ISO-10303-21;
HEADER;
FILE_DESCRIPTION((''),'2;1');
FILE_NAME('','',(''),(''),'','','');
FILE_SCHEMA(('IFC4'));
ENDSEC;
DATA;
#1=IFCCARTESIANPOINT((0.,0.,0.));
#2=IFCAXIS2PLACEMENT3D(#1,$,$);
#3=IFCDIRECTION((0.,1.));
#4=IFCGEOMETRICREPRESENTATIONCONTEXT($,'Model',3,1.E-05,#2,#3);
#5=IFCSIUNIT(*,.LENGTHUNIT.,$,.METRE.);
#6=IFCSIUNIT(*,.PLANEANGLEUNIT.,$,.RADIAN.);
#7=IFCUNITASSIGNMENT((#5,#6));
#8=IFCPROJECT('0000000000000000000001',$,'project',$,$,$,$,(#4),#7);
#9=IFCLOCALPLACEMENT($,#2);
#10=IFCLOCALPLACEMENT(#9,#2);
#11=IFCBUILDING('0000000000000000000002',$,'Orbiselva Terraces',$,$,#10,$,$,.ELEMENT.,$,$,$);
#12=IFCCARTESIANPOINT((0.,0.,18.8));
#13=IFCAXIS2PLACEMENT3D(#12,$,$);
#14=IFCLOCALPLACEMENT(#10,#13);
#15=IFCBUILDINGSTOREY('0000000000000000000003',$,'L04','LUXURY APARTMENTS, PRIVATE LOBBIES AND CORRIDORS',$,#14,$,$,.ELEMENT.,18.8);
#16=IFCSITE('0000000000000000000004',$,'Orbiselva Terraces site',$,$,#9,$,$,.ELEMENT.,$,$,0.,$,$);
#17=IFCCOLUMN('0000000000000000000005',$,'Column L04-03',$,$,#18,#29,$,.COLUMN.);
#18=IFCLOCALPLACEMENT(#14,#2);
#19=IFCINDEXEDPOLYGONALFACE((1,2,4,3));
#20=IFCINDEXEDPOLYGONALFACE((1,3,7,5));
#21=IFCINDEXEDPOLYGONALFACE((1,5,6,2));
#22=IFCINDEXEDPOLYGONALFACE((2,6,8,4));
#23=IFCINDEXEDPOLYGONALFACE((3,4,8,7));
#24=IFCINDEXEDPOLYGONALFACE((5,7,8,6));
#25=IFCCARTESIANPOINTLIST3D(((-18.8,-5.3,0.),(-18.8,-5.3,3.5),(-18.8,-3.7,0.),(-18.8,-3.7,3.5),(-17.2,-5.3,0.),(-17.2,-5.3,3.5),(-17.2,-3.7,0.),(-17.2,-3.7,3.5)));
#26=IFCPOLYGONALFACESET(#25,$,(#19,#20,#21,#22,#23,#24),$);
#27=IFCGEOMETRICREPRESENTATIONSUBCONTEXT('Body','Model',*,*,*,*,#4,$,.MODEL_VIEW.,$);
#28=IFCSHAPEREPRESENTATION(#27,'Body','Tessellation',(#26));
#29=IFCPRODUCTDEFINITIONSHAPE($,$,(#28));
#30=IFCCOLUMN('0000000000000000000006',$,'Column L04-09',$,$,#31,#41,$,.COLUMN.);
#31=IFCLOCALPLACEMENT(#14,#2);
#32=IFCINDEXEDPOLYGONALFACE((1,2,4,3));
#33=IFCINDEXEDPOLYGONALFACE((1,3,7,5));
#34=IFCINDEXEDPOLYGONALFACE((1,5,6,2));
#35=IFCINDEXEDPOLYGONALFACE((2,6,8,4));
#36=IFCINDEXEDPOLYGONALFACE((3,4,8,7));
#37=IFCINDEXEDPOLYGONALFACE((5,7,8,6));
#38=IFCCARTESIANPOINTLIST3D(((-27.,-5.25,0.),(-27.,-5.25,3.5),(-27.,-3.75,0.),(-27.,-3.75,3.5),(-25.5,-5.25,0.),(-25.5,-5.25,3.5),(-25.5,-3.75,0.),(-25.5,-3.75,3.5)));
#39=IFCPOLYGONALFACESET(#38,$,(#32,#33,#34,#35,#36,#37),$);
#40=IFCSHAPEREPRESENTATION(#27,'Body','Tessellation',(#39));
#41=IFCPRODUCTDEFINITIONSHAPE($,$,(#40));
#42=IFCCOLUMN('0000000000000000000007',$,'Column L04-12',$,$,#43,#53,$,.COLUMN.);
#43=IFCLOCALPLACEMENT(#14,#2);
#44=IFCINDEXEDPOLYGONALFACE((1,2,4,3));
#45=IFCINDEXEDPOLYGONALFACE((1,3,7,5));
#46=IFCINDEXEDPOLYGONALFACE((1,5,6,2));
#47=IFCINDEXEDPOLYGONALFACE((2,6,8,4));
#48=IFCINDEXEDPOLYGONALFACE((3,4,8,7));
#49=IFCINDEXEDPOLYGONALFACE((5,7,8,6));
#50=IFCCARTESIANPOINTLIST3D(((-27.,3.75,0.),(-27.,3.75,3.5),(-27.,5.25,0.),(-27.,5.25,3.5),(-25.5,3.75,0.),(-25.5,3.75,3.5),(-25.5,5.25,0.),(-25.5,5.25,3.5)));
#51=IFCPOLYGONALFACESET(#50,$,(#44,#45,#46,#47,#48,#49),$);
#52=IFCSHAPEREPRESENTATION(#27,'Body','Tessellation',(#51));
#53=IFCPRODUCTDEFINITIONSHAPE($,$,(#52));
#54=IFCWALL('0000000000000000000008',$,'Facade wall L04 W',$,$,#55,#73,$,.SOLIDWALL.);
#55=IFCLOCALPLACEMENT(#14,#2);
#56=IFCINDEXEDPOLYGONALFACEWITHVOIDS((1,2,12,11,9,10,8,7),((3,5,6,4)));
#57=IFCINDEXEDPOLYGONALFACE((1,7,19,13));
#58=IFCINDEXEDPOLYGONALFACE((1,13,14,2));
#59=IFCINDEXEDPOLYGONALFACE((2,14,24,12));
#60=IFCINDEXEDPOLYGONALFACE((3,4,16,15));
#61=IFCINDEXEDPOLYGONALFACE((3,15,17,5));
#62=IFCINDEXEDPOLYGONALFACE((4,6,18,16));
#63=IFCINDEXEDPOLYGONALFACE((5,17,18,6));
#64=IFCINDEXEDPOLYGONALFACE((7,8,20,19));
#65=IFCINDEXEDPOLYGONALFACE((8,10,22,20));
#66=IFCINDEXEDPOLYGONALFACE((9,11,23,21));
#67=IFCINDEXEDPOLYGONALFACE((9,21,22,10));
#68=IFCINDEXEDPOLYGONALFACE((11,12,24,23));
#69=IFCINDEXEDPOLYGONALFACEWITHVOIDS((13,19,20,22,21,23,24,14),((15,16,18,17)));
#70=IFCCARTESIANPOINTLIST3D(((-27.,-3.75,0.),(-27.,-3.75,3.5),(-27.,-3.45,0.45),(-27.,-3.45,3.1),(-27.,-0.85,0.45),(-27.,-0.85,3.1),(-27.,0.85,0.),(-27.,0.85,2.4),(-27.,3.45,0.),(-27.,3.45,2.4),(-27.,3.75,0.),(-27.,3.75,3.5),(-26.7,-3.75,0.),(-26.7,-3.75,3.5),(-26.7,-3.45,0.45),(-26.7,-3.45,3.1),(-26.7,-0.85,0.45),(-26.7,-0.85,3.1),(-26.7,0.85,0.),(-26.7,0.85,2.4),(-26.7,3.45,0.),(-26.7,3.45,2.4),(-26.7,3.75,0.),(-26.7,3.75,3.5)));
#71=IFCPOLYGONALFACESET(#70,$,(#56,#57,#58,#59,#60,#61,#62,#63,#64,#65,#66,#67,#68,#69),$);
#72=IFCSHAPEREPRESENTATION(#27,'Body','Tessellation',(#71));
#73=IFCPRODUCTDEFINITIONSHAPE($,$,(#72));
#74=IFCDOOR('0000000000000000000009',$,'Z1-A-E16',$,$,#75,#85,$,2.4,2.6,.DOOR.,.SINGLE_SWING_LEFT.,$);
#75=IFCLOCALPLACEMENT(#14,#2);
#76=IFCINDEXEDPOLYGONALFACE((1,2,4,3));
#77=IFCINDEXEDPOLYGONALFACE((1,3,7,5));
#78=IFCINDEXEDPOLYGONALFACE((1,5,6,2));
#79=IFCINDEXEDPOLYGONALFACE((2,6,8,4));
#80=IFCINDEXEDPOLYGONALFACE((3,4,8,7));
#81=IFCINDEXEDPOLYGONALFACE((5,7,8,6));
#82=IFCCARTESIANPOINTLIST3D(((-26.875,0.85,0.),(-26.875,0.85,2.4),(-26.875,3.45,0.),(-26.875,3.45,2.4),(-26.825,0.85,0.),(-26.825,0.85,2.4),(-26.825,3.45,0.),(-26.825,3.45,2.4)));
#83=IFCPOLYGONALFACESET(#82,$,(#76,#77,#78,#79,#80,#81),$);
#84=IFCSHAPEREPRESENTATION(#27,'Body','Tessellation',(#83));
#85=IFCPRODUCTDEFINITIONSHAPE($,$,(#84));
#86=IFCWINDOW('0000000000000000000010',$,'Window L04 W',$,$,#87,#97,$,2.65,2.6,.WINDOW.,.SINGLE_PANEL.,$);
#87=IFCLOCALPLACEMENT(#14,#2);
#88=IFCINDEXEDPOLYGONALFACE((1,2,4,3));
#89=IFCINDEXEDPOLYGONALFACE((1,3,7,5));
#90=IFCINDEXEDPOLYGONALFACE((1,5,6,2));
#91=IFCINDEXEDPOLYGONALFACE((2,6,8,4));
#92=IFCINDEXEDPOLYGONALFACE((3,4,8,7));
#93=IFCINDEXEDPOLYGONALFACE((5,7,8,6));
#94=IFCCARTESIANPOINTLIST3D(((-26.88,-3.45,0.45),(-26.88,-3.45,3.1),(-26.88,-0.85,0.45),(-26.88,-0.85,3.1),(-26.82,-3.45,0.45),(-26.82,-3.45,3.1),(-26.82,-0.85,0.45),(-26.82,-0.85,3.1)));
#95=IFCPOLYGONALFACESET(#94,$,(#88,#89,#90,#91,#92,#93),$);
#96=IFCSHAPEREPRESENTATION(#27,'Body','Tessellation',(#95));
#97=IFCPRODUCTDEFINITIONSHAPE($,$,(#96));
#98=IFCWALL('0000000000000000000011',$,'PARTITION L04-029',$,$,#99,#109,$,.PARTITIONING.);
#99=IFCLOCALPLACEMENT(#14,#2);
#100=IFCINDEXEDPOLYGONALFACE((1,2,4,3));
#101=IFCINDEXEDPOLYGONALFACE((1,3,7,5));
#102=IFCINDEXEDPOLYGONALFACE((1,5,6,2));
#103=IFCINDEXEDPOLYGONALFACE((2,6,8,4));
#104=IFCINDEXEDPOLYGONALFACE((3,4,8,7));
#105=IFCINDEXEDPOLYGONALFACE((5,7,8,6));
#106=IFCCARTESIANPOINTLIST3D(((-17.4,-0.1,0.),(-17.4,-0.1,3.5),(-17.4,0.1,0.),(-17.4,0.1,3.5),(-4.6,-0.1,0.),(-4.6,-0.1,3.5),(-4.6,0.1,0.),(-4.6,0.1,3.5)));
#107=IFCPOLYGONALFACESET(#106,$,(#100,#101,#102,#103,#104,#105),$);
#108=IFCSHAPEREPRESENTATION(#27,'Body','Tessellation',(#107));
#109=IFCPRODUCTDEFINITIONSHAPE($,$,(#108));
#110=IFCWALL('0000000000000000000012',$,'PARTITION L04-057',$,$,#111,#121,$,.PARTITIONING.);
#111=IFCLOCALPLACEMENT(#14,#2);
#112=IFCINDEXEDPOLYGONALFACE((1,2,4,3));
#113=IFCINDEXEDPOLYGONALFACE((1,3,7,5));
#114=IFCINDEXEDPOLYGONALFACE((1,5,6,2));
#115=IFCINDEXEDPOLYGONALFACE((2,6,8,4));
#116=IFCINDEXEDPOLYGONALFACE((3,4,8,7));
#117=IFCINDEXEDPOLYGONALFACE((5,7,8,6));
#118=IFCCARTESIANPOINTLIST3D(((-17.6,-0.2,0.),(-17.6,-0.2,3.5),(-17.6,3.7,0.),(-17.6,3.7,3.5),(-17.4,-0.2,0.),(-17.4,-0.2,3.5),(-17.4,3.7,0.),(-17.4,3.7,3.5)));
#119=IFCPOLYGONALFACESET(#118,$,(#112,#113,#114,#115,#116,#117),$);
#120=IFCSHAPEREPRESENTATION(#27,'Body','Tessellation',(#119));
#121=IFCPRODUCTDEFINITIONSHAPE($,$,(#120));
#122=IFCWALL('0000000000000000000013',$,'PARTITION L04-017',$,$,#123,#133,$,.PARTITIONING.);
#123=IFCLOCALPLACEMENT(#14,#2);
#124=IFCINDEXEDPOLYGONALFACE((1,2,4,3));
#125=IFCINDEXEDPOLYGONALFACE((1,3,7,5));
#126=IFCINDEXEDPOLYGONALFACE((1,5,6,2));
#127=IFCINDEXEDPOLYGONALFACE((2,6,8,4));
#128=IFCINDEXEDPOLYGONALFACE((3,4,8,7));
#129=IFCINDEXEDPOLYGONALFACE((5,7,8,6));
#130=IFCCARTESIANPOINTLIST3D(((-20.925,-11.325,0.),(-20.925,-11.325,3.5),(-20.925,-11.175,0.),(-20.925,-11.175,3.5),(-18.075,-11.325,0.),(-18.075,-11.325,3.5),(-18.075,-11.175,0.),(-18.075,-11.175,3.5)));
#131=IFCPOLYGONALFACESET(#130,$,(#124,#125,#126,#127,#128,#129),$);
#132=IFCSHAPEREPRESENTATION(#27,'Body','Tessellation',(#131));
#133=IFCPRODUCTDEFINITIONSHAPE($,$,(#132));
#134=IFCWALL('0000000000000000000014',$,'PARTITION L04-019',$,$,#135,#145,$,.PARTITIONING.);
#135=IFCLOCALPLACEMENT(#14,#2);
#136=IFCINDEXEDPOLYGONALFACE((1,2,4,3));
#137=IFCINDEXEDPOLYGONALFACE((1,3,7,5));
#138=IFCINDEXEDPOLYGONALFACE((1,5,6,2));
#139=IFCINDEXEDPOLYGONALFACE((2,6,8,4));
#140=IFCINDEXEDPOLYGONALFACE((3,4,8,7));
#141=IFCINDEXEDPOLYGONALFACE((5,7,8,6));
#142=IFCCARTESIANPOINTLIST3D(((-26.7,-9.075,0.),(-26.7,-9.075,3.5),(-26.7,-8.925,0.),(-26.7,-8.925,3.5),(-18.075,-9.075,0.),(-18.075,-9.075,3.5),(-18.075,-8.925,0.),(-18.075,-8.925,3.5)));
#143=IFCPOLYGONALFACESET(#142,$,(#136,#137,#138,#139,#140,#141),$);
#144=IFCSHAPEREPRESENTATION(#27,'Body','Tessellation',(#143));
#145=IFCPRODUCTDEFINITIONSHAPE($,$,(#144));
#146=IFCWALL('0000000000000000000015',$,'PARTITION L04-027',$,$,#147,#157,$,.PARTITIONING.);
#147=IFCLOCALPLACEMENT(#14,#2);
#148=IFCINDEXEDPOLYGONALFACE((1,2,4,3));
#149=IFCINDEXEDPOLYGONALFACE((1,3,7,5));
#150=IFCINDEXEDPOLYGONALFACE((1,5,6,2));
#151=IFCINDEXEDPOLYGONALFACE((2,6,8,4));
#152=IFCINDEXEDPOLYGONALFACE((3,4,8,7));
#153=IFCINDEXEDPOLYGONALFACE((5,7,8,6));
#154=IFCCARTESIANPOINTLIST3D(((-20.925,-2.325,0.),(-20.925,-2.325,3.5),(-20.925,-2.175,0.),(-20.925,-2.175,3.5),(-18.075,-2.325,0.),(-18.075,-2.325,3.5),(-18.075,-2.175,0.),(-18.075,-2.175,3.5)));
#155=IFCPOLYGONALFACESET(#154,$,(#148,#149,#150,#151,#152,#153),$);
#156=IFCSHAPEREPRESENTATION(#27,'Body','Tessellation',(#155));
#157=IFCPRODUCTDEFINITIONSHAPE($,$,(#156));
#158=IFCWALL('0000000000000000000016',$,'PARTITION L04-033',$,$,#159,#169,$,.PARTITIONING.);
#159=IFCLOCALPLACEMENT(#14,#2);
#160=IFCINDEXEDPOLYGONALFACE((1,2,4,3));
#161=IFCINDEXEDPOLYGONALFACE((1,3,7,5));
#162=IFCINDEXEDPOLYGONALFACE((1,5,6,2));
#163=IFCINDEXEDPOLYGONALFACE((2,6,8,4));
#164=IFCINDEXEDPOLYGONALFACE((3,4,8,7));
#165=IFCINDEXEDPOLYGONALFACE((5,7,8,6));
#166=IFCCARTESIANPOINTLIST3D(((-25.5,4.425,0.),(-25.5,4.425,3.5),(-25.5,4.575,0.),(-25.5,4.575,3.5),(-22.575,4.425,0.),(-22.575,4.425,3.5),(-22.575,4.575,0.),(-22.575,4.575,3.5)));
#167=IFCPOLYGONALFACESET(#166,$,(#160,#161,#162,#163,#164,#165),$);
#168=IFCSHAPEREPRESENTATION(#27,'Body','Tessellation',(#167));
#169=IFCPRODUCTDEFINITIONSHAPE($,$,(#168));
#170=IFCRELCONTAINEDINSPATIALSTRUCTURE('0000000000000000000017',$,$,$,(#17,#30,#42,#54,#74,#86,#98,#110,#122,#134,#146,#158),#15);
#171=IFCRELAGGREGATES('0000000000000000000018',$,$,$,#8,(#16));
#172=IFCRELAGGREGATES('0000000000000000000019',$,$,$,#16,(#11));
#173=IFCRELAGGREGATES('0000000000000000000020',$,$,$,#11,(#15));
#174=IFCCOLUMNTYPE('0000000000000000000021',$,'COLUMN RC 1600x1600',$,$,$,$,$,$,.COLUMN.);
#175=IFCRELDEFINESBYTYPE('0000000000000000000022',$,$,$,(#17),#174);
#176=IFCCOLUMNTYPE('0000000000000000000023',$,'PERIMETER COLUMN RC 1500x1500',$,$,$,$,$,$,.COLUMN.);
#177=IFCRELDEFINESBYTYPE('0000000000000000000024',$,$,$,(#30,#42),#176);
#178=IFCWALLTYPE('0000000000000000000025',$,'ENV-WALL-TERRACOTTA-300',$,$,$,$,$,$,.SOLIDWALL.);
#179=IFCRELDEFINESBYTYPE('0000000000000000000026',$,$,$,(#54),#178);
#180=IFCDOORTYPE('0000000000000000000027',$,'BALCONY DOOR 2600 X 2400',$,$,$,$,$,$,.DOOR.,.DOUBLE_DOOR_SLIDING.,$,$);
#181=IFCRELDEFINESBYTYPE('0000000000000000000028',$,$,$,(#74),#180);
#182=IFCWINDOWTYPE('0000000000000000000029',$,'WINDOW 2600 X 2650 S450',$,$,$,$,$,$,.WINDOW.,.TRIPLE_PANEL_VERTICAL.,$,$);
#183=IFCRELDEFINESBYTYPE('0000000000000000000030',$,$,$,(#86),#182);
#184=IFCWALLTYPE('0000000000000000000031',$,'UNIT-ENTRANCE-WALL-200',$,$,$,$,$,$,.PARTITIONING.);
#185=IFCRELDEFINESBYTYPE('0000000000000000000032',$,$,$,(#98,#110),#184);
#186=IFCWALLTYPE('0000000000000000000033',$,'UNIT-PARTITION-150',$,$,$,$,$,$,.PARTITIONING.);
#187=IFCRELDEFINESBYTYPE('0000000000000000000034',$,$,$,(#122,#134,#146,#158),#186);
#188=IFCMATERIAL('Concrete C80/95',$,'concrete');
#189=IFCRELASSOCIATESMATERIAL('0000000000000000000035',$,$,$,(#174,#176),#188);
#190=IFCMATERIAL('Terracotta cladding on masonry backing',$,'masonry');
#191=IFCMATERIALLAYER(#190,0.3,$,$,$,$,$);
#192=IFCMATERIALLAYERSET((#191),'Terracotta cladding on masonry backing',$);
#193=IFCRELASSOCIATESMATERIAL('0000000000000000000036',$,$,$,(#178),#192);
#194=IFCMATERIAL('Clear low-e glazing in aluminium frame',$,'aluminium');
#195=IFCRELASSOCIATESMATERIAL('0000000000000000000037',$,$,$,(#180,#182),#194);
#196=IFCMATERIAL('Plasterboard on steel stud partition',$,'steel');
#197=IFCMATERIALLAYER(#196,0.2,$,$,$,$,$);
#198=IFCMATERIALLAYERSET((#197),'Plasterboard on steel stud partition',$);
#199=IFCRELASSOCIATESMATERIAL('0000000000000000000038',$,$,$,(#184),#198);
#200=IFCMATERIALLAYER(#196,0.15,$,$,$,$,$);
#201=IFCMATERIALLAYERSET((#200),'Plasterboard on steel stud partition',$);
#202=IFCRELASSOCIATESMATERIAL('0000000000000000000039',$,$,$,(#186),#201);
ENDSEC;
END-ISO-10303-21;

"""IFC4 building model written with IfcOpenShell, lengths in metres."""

from ifc_helpers import new_model, si_unit, direction, frame, frame_2d, origin, origin_2d, place, context, subcontext, project, spatial, rectangle, extrude, material, layer, layer_set, material_profile, profile_set, type_object, element, fill, save


model = new_model("IFC4")

# Units and contexts
model_context = context("Model", 3, precision=1e-05, world=origin(), true_north=direction((0.0, 1.0)))
body_context = subcontext(model_context, "Body", "Model", "MODEL_VIEW")
ifc_project = project(units=[si_unit("LENGTHUNIT", "METRE"), si_unit("PLANEANGLEUNIT", "RADIAN")], contexts=[model_context])

# Site, building, storey
site_placement = place(None, origin())
site = spatial("IfcSite", under=ifc_project, at=site_placement, Name="Orbiselva Terraces site", CompositionType="ELEMENT", RefElevation=0.0)
building_placement = place(site_placement, origin())
building = spatial("IfcBuilding", under=site, at=building_placement, Name="Orbiselva Terraces", CompositionType="ELEMENT")
storey_placement = place(building_placement, frame((0.0, 0.0, 18.8)))
storey = spatial("IfcBuildingStorey", under=building, at=storey_placement, Name="L04", Description="LUXURY APARTMENTS, PRIVATE LOBBIES AND CORRIDORS", CompositionType="ELEMENT", Elevation=18.8)

# Columns
ifc_material_1 = material(Name="Concrete C80/95", Category="concrete")
ifc_material_profile_1 = material_profile(ifc_material_1, rectangle(XDim=1.6, YDim=1.6, at=origin_2d()), Name="RC 1600x1600")
ifc_profile_set_1 = profile_set([ifc_material_profile_1], Name="Concrete C80/95")
column_type_1 = type_object("IfcColumnType", Name="COLUMN RC 1600x1600", PredefinedType="COLUMN", material=ifc_profile_set_1)
column_placement = place(storey_placement, frame((-18.0, -4.5, 0.0), z_axis=(0.0, 0.0, 1.0), x_axis=(1.0, 0.0, 0.0)))
element("IfcColumn", 1, at=column_placement, inside=storey, type_object=column_type_1, Name="Column L04-03", PredefinedType="COLUMN", context=body_context, shape_type="SweptSolid", body=[
    extrude(rectangle(XDim=1.6, YDim=1.6, at=origin_2d()), origin(), (0.0, 0.0, 1.0), 3.5),
])
ifc_material_profile_2 = material_profile(ifc_material_1, rectangle(XDim=1.5, YDim=1.5, at=origin_2d()), Name="RC 1500x1500")
ifc_profile_set_2 = profile_set([ifc_material_profile_2], Name="Concrete C80/95")
column_type_2 = type_object("IfcColumnType", Name="PERIMETER COLUMN RC 1500x1500", PredefinedType="COLUMN", material=ifc_profile_set_2)
for number, where, z_axis, x_axis, name in (
    (2, (-26.25, -4.5, 0.0), (0.0, 0.0, 1.0), (1.0, 0.0, 0.0), "Column L04-09"),
    (3, (-26.25, 4.5, 0.0), (0.0, 0.0, 1.0), (1.0, 0.0, 0.0), "Column L04-12"),
):
    element("IfcColumn", number, at=place(storey_placement, frame(where, z_axis=z_axis, x_axis=x_axis)), inside=storey, type_object=column_type_2, Name=name, PredefinedType="COLUMN", context=body_context, shape_type="SweptSolid", body=[
        extrude(rectangle(XDim=1.5, YDim=1.5, at=origin_2d()), origin(), (0.0, 0.0, 1.0), 3.5),
    ])

# Wall, openings, door, window
ifc_material_2 = material(Name="Terracotta cladding on masonry backing", Category="masonry")
ifc_layer_1 = layer(ifc_material_2, 0.3)
ifc_layer_set_1 = layer_set([ifc_layer_1], Name="Terracotta cladding on masonry backing")
wall_type_1 = type_object("IfcWallType", Name="ENV-WALL-TERRACOTTA-300", PredefinedType="SOLIDWALL", material=ifc_layer_set_1)
wall_1_placement = place(storey_placement, frame((-26.85, -3.75, 0.0), z_axis=(0.0, 0.0, 1.0), x_axis=(0.0, 1.0, 0.0)))
wall_1 = element("IfcWall", 4, at=wall_1_placement, inside=storey, type_object=wall_type_1, Name="Facade wall L04 W", PredefinedType="SOLIDWALL", context=body_context, shape_type="SweptSolid", body=[
    extrude(rectangle(XDim=7.5, YDim=0.3, at=frame_2d((3.75, 0.0))), origin(), (0.0, 0.0, 1.0), 3.5),
])
opening_1_placement = place(wall_1_placement, frame((4.6, 0.0, 0.0)))
opening_1 = element("IfcOpeningElement", 5, at=opening_1_placement, cuts=wall_1, PredefinedType="OPENING", context=body_context, shape_type="SweptSolid", body=[
    extrude(rectangle(XDim=2.6, YDim=2.4, at=frame_2d((1.3, 1.2))), frame((0.0, 0.16, 0.0), z_axis=(0.0, -1.0, 0.0), x_axis=(1.0, 0.0, 0.0)), (0.0, 0.0, 1.0), 0.32),
])
opening_2_placement = place(wall_1_placement, frame((0.3, 0.0, 0.45)))
opening_2 = element("IfcOpeningElement", 6, at=opening_2_placement, cuts=wall_1, PredefinedType="OPENING", context=body_context, shape_type="SweptSolid", body=[
    extrude(rectangle(XDim=2.6, YDim=2.65, at=frame_2d((1.3, 1.325))), frame((0.0, 0.16, 0.0), z_axis=(0.0, -1.0, 0.0), x_axis=(1.0, 0.0, 0.0)), (0.0, 0.0, 1.0), 0.32),
])
ifc_material_3 = material(Name="Clear low-e glazing in aluminium frame", Category="aluminium")
door_type_1 = type_object("IfcDoorType", Name="BALCONY DOOR 2600 X 2400", OperationType="DOUBLE_DOOR_SLIDING", PredefinedType="DOOR", material=ifc_material_3)
door_1_placement = place(opening_1_placement, origin())
door_1 = element("IfcDoor", 7, at=door_1_placement, inside=storey, type_object=door_type_1, Name="Z1-A-E16", OperationType="SINGLE_SWING_LEFT", OverallHeight=2.4, OverallWidth=2.6, PredefinedType="DOOR", context=body_context, shape_type="SweptSolid", body=[
    extrude(rectangle(XDim=2.6, YDim=2.4, at=frame_2d((1.3, 1.2))), frame((0.0, 0.025, 0.0), z_axis=(0.0, -1.0, 0.0), x_axis=(1.0, 0.0, 0.0)), (0.0, 0.0, 1.0), 0.05),
])
fill(opening_1, door_1)
window_type = type_object("IfcWindowType", Name="WINDOW 2600 X 2650 S450", PartitioningType="TRIPLE_PANEL_VERTICAL", PredefinedType="WINDOW", material=ifc_material_3)
window_placement = place(opening_2_placement, origin())
window = element("IfcWindow", 8, at=window_placement, inside=storey, type_object=window_type, Name="Window L04 W", OverallHeight=2.65, OverallWidth=2.6, PartitioningType="SINGLE_PANEL", PredefinedType="WINDOW", context=body_context, shape_type="SweptSolid", body=[
    extrude(rectangle(XDim=2.6, YDim=2.65, at=frame_2d((1.3, 1.325))), frame((0.0, 0.03, 0.0), z_axis=(0.0, -1.0, 0.0), x_axis=(1.0, 0.0, 0.0)), (0.0, 0.0, 1.0), 0.06),
])
fill(opening_2, window)

# Walls
ifc_material_4 = material(Name="Plasterboard on steel stud partition", Category="steel")
ifc_layer_2 = layer(ifc_material_4, 0.2)
ifc_layer_set_2 = layer_set([ifc_layer_2], Name="Plasterboard on steel stud partition")
wall_type_2 = type_object("IfcWallType", Name="UNIT-ENTRANCE-WALL-200", PredefinedType="PARTITIONING", material=ifc_layer_set_2)
wall_2_placement = place(storey_placement, frame((-17.4, 0.0, 0.0), z_axis=(0.0, 0.0, 1.0), x_axis=(1.0, 0.0, 0.0)))
element("IfcWall", 9, at=wall_2_placement, inside=storey, type_object=wall_type_2, Name="PARTITION L04-029", PredefinedType="PARTITIONING", context=body_context, shape_type="SweptSolid", body=[
    extrude(rectangle(XDim=12.8, YDim=0.2, at=frame_2d((6.4, 0.0))), origin(), (0.0, 0.0, 1.0), 3.5),
])
wall_3_placement = place(storey_placement, frame((-17.5, -0.2, 0.0), z_axis=(0.0, 0.0, 1.0), x_axis=(0.0, 1.0, 0.0)))
element("IfcWall", 10, at=wall_3_placement, inside=storey, type_object=wall_type_2, Name="PARTITION L04-057", PredefinedType="PARTITIONING", context=body_context, shape_type="SweptSolid", body=[
    extrude(rectangle(XDim=3.9, YDim=0.2, at=frame_2d((1.95, 0.0))), origin(), (0.0, 0.0, 1.0), 3.5),
])
ifc_layer_3 = layer(ifc_material_4, 0.15)
ifc_layer_set_3 = layer_set([ifc_layer_3], Name="Plasterboard on steel stud partition")
wall_type_3 = type_object("IfcWallType", Name="UNIT-PARTITION-150", PredefinedType="PARTITIONING", material=ifc_layer_set_3)
wall_4_placement = place(storey_placement, frame((-20.925, -11.25, 0.0), z_axis=(0.0, 0.0, 1.0), x_axis=(1.0, 0.0, 0.0)))
element("IfcWall", 11, at=wall_4_placement, inside=storey, type_object=wall_type_3, Name="PARTITION L04-017", PredefinedType="PARTITIONING", context=body_context, shape_type="SweptSolid", body=[
    extrude(rectangle(XDim=2.85, YDim=0.15, at=frame_2d((1.425, 0.0))), origin(), (0.0, 0.0, 1.0), 3.5),
])
wall_5_placement = place(storey_placement, frame((-26.7, -9.0, 0.0), z_axis=(0.0, 0.0, 1.0), x_axis=(1.0, 0.0, 0.0)))
element("IfcWall", 12, at=wall_5_placement, inside=storey, type_object=wall_type_3, Name="PARTITION L04-019", PredefinedType="PARTITIONING", context=body_context, shape_type="SweptSolid", body=[
    extrude(rectangle(XDim=8.625, YDim=0.15, at=frame_2d((4.3125, 0.0))), origin(), (0.0, 0.0, 1.0), 3.5),
])
wall_6_placement = place(storey_placement, frame((-20.925, -2.25, 0.0), z_axis=(0.0, 0.0, 1.0), x_axis=(1.0, 0.0, 0.0)))
element("IfcWall", 13, at=wall_6_placement, inside=storey, type_object=wall_type_3, Name="PARTITION L04-027", PredefinedType="PARTITIONING", context=body_context, shape_type="SweptSolid", body=[
    extrude(rectangle(XDim=2.85, YDim=0.15, at=frame_2d((1.425, 0.0))), origin(), (0.0, 0.0, 1.0), 3.5),
])
wall_7_placement = place(storey_placement, frame((-25.5, 4.5, 0.0), z_axis=(0.0, 0.0, 1.0), x_axis=(1.0, 0.0, 0.0)))
element("IfcWall", 14, at=wall_7_placement, inside=storey, type_object=wall_type_3, Name="PARTITION L04-033", PredefinedType="PARTITIONING", context=body_context, shape_type="SweptSolid", body=[
    extrude(rectangle(XDim=2.925, YDim=0.15, at=frame_2d((1.4625, 0.0))), origin(), (0.0, 0.0, 1.0), 3.5),
])

save(model, "model.ifc")
